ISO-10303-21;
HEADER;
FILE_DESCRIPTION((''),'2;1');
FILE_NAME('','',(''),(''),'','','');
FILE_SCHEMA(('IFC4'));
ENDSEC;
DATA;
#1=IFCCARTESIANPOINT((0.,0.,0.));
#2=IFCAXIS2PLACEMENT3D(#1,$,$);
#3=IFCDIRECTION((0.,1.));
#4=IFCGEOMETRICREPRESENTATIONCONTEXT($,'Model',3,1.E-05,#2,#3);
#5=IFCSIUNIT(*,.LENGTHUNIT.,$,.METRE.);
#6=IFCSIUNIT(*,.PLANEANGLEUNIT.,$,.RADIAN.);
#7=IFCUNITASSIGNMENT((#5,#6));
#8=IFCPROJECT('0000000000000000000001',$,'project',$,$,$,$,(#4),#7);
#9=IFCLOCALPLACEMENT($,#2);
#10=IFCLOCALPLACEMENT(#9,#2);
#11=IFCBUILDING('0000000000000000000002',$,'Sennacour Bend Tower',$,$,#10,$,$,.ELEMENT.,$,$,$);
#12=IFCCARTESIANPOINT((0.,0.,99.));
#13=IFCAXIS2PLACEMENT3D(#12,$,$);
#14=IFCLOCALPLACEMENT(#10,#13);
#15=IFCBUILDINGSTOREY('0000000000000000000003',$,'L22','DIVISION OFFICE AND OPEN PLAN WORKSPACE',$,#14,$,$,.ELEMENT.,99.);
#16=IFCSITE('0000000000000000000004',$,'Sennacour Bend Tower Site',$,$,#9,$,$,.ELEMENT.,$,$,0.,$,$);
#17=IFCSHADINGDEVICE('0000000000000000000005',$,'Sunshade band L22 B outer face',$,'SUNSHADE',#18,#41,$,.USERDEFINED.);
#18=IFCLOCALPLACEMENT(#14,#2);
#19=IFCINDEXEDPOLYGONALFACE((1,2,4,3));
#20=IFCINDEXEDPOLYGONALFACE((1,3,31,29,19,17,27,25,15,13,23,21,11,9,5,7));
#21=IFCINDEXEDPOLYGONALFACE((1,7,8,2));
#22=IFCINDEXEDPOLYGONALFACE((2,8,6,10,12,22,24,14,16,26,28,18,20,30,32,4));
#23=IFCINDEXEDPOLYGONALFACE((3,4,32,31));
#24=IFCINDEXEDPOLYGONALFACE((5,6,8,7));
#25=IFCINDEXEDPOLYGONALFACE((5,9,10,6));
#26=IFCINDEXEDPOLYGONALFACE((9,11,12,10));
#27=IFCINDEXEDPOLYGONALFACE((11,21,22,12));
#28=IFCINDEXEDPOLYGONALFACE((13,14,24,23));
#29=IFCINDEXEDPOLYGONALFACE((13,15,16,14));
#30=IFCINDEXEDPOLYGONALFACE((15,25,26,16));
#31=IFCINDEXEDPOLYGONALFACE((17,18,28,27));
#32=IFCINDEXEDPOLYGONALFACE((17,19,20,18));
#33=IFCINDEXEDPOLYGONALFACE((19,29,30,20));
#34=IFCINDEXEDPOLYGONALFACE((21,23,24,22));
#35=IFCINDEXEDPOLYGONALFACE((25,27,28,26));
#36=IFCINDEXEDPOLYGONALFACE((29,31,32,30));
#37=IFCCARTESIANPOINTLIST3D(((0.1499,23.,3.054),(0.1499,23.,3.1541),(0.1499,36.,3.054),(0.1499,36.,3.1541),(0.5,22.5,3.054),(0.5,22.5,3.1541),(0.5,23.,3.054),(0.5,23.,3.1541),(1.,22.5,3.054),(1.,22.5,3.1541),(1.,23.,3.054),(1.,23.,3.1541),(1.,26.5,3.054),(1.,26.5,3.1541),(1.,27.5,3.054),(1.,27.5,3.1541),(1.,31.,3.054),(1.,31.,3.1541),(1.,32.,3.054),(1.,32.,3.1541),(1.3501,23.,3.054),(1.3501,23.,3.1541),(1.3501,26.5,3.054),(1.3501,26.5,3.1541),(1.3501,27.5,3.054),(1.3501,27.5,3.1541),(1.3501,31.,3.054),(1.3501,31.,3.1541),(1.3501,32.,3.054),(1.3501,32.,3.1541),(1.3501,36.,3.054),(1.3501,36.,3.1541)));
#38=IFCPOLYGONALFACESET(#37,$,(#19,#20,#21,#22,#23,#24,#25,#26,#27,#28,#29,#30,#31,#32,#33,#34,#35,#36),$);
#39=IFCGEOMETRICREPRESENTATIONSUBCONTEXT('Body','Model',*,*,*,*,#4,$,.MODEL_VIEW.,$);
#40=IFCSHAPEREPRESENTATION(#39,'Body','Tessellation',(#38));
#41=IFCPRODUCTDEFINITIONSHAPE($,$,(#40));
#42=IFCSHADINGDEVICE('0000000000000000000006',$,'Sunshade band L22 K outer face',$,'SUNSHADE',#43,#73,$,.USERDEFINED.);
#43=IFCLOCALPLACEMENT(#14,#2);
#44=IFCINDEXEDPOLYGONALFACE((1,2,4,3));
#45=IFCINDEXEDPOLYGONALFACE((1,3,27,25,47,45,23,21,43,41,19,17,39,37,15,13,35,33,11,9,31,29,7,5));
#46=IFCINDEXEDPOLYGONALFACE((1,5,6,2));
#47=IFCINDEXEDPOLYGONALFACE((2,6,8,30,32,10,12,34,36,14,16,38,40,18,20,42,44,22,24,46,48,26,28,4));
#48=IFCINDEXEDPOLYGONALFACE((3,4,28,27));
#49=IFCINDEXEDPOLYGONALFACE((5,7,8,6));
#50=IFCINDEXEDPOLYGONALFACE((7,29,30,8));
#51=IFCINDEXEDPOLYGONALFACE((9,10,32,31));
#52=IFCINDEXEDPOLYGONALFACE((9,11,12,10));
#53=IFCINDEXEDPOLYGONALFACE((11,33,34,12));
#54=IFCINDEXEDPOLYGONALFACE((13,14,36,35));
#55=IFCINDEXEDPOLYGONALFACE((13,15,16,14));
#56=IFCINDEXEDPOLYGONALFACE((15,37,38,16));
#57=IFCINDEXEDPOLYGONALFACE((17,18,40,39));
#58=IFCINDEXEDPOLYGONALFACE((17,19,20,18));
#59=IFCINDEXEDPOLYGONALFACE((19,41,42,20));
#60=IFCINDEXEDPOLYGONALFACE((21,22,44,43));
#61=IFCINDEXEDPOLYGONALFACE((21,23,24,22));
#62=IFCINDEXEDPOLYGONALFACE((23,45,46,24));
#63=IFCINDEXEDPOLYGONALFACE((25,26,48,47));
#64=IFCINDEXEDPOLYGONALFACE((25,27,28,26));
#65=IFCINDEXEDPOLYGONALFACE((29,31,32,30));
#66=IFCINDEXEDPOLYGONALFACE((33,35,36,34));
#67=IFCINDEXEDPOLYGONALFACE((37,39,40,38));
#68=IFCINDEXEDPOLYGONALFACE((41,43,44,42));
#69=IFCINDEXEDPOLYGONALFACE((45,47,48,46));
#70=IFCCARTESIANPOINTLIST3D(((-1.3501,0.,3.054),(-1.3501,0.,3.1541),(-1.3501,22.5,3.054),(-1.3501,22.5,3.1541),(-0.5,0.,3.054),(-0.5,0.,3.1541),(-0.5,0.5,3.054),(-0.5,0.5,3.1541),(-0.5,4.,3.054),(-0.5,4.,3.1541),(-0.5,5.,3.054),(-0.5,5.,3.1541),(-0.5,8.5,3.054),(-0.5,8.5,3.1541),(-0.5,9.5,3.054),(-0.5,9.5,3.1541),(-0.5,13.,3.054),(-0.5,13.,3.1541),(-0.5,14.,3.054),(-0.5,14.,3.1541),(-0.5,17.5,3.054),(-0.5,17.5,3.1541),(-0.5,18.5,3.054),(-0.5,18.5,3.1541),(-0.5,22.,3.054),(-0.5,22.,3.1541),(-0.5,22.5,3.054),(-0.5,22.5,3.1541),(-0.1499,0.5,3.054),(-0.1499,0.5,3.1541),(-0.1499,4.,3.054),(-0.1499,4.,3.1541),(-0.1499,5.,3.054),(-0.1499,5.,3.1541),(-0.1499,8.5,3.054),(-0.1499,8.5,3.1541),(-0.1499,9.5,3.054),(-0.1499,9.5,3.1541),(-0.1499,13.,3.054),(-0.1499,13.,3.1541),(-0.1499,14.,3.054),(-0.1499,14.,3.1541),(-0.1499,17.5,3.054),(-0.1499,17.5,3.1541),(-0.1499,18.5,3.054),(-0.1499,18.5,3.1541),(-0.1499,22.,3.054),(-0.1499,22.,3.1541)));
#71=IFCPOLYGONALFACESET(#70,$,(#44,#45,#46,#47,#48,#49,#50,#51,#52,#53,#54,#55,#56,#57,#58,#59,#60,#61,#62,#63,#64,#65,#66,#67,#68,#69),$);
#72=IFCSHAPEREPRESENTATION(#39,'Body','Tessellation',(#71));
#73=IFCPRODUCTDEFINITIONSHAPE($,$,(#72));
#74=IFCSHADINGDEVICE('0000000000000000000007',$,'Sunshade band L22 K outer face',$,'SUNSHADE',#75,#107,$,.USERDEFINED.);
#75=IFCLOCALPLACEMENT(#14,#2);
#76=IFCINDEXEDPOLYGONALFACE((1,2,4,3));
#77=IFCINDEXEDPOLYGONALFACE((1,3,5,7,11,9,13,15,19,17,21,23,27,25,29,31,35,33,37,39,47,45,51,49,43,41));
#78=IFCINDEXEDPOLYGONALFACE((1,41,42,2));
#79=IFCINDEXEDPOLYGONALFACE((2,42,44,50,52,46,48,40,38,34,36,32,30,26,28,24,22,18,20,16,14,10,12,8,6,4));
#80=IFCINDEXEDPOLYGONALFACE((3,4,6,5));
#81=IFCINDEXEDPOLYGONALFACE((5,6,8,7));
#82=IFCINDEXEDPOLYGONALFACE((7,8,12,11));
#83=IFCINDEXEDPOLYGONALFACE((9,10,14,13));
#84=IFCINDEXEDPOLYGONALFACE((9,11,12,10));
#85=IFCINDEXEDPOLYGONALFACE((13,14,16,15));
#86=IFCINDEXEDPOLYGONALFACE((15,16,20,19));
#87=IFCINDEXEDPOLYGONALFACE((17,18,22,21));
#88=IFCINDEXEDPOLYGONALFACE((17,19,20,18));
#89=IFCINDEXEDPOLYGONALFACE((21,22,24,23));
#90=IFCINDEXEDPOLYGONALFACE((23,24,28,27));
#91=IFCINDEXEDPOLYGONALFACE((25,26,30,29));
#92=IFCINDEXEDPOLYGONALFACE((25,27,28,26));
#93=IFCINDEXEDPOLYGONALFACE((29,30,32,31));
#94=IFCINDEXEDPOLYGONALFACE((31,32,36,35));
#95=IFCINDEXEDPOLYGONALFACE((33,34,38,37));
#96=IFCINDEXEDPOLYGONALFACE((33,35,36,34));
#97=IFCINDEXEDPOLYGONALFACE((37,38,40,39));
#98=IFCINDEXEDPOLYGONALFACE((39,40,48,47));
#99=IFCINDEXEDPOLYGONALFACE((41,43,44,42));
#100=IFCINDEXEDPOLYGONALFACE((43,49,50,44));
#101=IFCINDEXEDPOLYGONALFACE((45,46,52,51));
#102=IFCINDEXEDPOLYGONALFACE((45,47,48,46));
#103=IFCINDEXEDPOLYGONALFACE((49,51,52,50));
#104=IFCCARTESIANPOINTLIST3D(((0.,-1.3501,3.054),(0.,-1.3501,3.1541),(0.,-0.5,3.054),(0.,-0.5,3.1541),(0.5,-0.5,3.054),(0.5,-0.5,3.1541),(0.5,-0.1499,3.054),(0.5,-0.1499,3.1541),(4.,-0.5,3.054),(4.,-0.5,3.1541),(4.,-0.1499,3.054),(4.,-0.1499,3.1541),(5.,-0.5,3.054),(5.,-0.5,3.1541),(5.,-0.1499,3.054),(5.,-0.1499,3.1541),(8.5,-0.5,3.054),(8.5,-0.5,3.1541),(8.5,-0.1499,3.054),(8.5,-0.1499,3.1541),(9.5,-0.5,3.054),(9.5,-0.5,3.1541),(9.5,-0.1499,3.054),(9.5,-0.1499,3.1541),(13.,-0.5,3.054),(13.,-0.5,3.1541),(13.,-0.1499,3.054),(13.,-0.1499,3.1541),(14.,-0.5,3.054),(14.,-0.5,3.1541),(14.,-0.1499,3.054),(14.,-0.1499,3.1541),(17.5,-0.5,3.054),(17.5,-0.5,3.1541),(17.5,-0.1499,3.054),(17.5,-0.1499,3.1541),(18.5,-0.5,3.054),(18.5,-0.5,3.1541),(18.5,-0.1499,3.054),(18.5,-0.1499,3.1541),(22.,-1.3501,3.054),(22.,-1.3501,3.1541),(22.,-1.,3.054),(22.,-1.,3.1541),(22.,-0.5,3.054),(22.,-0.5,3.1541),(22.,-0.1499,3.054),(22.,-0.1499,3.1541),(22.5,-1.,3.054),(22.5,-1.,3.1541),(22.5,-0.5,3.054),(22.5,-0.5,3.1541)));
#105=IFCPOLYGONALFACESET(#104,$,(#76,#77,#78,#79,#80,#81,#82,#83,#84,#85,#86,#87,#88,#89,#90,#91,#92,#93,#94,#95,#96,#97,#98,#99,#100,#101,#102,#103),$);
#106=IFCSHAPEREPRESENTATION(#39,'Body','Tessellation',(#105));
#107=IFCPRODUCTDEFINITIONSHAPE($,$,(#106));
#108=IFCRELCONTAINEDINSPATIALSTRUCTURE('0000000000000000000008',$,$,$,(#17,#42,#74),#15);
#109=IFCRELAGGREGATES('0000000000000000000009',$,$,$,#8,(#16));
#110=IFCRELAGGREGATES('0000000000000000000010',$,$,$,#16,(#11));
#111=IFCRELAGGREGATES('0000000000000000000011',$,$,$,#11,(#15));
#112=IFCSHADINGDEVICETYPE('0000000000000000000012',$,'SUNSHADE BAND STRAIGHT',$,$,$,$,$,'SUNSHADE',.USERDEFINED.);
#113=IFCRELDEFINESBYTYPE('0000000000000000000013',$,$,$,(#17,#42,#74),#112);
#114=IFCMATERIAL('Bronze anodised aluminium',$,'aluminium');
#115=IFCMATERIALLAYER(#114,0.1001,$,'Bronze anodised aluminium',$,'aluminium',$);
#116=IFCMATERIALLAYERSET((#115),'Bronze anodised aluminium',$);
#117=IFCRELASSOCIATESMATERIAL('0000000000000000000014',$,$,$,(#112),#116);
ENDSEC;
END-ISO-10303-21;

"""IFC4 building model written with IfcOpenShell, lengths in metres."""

from ifc_helpers import new_model, si_unit, direction, frame, origin, place, context, subcontext, project, spatial, polyline, outline, extrude, material, layer, layer_set, type_object, element, save


model = new_model("IFC4")

# Units and contexts
model_context = context("Model", 3, precision=1e-05, world=origin(), true_north=direction((0.0, 1.0)))
body_context = subcontext(model_context, "Body", "Model", "MODEL_VIEW")
ifc_project = project(units=[si_unit("LENGTHUNIT", "METRE"), si_unit("PLANEANGLEUNIT", "RADIAN")], contexts=[model_context])

# Site, building, storey
site_placement = place(None, origin())
site = spatial("IfcSite", under=ifc_project, at=site_placement, Name="Sennacour Bend Tower Site", CompositionType="ELEMENT", RefElevation=0.0)
building_placement = place(site_placement, origin())
building = spatial("IfcBuilding", under=site, at=building_placement, Name="Sennacour Bend Tower", CompositionType="ELEMENT")
storey_placement = place(building_placement, frame((0.0, 0.0, 99.0)))
storey = spatial("IfcBuildingStorey", under=building, at=storey_placement, Name="L22", Description="DIVISION OFFICE AND OPEN PLAN WORKSPACE", CompositionType="ELEMENT", Elevation=99.0)

# Shading devices
ifc_material_1 = material(Name="Bronze anodised aluminium", Category="aluminium")
ifc_layer_1 = layer(ifc_material_1, 0.1001, Name="Bronze anodised aluminium", Category="aluminium")
ifc_layer_set_1 = layer_set([ifc_layer_1], Name="Bronze anodised aluminium")
shading_device_type_1 = type_object("IfcShadingDeviceType", Name="SUNSHADE BAND STRAIGHT", ElementType="SUNSHADE", PredefinedType="USERDEFINED", material=ifc_layer_set_1)
shading_device_1_placement = place(storey_placement, frame((0.0, 0.0, 3.054)))
element("IfcShadingDevice", 1, at=shading_device_1_placement, inside=storey, type_object=shading_device_type_1, Name="Sunshade band L22 B outer face", ObjectType="SUNSHADE", PredefinedType="USERDEFINED", context=body_context, shape_type="SweptSolid", body=[
    extrude(outline(polyline([(1.3501, 32.0), (1.0, 32.0), (1.0, 31.0), (1.3501, 31.0), (1.3501, 27.5), (1.0, 27.5), (1.0, 26.5), (1.3501, 26.5), (1.3501, 23.0), (1.0, 23.0), (1.0, 22.5), (0.5, 22.5), (0.5, 23.0), (0.1499, 23.0), (0.1499, 36.0), (1.3501, 36.0), (1.3501, 32.0)])), origin(), (0.0, 0.0, 1.0), 0.1001),
])
shading_device_2_placement = place(storey_placement, frame((0.0, 0.0, 3.054)))
element("IfcShadingDevice", 2, at=shading_device_2_placement, inside=storey, type_object=shading_device_type_1, Name="Sunshade band L22 K outer face", ObjectType="SUNSHADE", PredefinedType="USERDEFINED", context=body_context, shape_type="SweptSolid", body=[
    extrude(outline(polyline([(-0.1499, 18.5), (-0.5, 18.5), (-0.5, 17.5), (-0.1499, 17.5), (-0.1499, 14.0), (-0.5, 14.0), (-0.5, 13.0), (-0.1499, 13.0), (-0.1499, 9.5), (-0.5, 9.5), (-0.5, 8.5), (-0.1499, 8.5), (-0.1499, 5.0), (-0.5, 5.0), (-0.5, 4.0), (-0.1499, 4.0), (-0.1499, 0.5), (-0.5, 0.5), (-0.5, 0.0), (-1.3501, 0.0), (-1.3501, 22.5), (-0.5, 22.5), (-0.5, 22.0), (-0.1499, 22.0), (-0.1499, 18.5)])), origin(), (0.0, 0.0, 1.0), 0.1001),
])
shading_device_3_placement = place(storey_placement, frame((0.0, 0.0, 3.054)))
element("IfcShadingDevice", 3, at=shading_device_3_placement, inside=storey, type_object=shading_device_type_1, Name="Sunshade band L22 K outer face", ObjectType="SUNSHADE", PredefinedType="USERDEFINED", context=body_context, shape_type="SweptSolid", body=[
    extrude(outline(polyline([(4.0, -0.1499), (4.0, -0.5), (5.0, -0.5), (5.0, -0.1499), (8.5, -0.1499), (8.5, -0.5), (9.5, -0.5), (9.5, -0.1499), (13.0, -0.1499), (13.0, -0.5), (14.0, -0.5), (14.0, -0.1499), (17.5, -0.1499), (17.5, -0.5), (18.5, -0.5), (18.5, -0.1499), (22.0, -0.1499), (22.0, -0.5), (22.5, -0.5), (22.5, -1.0), (22.0, -1.0), (22.0, -1.3501), (0.0, -1.3501), (0.0, -0.5), (0.5, -0.5), (0.5, -0.1499), (4.0, -0.1499)])), origin(), (0.0, 0.0, 1.0), 0.1001),
])

save(model, "model.ifc")
